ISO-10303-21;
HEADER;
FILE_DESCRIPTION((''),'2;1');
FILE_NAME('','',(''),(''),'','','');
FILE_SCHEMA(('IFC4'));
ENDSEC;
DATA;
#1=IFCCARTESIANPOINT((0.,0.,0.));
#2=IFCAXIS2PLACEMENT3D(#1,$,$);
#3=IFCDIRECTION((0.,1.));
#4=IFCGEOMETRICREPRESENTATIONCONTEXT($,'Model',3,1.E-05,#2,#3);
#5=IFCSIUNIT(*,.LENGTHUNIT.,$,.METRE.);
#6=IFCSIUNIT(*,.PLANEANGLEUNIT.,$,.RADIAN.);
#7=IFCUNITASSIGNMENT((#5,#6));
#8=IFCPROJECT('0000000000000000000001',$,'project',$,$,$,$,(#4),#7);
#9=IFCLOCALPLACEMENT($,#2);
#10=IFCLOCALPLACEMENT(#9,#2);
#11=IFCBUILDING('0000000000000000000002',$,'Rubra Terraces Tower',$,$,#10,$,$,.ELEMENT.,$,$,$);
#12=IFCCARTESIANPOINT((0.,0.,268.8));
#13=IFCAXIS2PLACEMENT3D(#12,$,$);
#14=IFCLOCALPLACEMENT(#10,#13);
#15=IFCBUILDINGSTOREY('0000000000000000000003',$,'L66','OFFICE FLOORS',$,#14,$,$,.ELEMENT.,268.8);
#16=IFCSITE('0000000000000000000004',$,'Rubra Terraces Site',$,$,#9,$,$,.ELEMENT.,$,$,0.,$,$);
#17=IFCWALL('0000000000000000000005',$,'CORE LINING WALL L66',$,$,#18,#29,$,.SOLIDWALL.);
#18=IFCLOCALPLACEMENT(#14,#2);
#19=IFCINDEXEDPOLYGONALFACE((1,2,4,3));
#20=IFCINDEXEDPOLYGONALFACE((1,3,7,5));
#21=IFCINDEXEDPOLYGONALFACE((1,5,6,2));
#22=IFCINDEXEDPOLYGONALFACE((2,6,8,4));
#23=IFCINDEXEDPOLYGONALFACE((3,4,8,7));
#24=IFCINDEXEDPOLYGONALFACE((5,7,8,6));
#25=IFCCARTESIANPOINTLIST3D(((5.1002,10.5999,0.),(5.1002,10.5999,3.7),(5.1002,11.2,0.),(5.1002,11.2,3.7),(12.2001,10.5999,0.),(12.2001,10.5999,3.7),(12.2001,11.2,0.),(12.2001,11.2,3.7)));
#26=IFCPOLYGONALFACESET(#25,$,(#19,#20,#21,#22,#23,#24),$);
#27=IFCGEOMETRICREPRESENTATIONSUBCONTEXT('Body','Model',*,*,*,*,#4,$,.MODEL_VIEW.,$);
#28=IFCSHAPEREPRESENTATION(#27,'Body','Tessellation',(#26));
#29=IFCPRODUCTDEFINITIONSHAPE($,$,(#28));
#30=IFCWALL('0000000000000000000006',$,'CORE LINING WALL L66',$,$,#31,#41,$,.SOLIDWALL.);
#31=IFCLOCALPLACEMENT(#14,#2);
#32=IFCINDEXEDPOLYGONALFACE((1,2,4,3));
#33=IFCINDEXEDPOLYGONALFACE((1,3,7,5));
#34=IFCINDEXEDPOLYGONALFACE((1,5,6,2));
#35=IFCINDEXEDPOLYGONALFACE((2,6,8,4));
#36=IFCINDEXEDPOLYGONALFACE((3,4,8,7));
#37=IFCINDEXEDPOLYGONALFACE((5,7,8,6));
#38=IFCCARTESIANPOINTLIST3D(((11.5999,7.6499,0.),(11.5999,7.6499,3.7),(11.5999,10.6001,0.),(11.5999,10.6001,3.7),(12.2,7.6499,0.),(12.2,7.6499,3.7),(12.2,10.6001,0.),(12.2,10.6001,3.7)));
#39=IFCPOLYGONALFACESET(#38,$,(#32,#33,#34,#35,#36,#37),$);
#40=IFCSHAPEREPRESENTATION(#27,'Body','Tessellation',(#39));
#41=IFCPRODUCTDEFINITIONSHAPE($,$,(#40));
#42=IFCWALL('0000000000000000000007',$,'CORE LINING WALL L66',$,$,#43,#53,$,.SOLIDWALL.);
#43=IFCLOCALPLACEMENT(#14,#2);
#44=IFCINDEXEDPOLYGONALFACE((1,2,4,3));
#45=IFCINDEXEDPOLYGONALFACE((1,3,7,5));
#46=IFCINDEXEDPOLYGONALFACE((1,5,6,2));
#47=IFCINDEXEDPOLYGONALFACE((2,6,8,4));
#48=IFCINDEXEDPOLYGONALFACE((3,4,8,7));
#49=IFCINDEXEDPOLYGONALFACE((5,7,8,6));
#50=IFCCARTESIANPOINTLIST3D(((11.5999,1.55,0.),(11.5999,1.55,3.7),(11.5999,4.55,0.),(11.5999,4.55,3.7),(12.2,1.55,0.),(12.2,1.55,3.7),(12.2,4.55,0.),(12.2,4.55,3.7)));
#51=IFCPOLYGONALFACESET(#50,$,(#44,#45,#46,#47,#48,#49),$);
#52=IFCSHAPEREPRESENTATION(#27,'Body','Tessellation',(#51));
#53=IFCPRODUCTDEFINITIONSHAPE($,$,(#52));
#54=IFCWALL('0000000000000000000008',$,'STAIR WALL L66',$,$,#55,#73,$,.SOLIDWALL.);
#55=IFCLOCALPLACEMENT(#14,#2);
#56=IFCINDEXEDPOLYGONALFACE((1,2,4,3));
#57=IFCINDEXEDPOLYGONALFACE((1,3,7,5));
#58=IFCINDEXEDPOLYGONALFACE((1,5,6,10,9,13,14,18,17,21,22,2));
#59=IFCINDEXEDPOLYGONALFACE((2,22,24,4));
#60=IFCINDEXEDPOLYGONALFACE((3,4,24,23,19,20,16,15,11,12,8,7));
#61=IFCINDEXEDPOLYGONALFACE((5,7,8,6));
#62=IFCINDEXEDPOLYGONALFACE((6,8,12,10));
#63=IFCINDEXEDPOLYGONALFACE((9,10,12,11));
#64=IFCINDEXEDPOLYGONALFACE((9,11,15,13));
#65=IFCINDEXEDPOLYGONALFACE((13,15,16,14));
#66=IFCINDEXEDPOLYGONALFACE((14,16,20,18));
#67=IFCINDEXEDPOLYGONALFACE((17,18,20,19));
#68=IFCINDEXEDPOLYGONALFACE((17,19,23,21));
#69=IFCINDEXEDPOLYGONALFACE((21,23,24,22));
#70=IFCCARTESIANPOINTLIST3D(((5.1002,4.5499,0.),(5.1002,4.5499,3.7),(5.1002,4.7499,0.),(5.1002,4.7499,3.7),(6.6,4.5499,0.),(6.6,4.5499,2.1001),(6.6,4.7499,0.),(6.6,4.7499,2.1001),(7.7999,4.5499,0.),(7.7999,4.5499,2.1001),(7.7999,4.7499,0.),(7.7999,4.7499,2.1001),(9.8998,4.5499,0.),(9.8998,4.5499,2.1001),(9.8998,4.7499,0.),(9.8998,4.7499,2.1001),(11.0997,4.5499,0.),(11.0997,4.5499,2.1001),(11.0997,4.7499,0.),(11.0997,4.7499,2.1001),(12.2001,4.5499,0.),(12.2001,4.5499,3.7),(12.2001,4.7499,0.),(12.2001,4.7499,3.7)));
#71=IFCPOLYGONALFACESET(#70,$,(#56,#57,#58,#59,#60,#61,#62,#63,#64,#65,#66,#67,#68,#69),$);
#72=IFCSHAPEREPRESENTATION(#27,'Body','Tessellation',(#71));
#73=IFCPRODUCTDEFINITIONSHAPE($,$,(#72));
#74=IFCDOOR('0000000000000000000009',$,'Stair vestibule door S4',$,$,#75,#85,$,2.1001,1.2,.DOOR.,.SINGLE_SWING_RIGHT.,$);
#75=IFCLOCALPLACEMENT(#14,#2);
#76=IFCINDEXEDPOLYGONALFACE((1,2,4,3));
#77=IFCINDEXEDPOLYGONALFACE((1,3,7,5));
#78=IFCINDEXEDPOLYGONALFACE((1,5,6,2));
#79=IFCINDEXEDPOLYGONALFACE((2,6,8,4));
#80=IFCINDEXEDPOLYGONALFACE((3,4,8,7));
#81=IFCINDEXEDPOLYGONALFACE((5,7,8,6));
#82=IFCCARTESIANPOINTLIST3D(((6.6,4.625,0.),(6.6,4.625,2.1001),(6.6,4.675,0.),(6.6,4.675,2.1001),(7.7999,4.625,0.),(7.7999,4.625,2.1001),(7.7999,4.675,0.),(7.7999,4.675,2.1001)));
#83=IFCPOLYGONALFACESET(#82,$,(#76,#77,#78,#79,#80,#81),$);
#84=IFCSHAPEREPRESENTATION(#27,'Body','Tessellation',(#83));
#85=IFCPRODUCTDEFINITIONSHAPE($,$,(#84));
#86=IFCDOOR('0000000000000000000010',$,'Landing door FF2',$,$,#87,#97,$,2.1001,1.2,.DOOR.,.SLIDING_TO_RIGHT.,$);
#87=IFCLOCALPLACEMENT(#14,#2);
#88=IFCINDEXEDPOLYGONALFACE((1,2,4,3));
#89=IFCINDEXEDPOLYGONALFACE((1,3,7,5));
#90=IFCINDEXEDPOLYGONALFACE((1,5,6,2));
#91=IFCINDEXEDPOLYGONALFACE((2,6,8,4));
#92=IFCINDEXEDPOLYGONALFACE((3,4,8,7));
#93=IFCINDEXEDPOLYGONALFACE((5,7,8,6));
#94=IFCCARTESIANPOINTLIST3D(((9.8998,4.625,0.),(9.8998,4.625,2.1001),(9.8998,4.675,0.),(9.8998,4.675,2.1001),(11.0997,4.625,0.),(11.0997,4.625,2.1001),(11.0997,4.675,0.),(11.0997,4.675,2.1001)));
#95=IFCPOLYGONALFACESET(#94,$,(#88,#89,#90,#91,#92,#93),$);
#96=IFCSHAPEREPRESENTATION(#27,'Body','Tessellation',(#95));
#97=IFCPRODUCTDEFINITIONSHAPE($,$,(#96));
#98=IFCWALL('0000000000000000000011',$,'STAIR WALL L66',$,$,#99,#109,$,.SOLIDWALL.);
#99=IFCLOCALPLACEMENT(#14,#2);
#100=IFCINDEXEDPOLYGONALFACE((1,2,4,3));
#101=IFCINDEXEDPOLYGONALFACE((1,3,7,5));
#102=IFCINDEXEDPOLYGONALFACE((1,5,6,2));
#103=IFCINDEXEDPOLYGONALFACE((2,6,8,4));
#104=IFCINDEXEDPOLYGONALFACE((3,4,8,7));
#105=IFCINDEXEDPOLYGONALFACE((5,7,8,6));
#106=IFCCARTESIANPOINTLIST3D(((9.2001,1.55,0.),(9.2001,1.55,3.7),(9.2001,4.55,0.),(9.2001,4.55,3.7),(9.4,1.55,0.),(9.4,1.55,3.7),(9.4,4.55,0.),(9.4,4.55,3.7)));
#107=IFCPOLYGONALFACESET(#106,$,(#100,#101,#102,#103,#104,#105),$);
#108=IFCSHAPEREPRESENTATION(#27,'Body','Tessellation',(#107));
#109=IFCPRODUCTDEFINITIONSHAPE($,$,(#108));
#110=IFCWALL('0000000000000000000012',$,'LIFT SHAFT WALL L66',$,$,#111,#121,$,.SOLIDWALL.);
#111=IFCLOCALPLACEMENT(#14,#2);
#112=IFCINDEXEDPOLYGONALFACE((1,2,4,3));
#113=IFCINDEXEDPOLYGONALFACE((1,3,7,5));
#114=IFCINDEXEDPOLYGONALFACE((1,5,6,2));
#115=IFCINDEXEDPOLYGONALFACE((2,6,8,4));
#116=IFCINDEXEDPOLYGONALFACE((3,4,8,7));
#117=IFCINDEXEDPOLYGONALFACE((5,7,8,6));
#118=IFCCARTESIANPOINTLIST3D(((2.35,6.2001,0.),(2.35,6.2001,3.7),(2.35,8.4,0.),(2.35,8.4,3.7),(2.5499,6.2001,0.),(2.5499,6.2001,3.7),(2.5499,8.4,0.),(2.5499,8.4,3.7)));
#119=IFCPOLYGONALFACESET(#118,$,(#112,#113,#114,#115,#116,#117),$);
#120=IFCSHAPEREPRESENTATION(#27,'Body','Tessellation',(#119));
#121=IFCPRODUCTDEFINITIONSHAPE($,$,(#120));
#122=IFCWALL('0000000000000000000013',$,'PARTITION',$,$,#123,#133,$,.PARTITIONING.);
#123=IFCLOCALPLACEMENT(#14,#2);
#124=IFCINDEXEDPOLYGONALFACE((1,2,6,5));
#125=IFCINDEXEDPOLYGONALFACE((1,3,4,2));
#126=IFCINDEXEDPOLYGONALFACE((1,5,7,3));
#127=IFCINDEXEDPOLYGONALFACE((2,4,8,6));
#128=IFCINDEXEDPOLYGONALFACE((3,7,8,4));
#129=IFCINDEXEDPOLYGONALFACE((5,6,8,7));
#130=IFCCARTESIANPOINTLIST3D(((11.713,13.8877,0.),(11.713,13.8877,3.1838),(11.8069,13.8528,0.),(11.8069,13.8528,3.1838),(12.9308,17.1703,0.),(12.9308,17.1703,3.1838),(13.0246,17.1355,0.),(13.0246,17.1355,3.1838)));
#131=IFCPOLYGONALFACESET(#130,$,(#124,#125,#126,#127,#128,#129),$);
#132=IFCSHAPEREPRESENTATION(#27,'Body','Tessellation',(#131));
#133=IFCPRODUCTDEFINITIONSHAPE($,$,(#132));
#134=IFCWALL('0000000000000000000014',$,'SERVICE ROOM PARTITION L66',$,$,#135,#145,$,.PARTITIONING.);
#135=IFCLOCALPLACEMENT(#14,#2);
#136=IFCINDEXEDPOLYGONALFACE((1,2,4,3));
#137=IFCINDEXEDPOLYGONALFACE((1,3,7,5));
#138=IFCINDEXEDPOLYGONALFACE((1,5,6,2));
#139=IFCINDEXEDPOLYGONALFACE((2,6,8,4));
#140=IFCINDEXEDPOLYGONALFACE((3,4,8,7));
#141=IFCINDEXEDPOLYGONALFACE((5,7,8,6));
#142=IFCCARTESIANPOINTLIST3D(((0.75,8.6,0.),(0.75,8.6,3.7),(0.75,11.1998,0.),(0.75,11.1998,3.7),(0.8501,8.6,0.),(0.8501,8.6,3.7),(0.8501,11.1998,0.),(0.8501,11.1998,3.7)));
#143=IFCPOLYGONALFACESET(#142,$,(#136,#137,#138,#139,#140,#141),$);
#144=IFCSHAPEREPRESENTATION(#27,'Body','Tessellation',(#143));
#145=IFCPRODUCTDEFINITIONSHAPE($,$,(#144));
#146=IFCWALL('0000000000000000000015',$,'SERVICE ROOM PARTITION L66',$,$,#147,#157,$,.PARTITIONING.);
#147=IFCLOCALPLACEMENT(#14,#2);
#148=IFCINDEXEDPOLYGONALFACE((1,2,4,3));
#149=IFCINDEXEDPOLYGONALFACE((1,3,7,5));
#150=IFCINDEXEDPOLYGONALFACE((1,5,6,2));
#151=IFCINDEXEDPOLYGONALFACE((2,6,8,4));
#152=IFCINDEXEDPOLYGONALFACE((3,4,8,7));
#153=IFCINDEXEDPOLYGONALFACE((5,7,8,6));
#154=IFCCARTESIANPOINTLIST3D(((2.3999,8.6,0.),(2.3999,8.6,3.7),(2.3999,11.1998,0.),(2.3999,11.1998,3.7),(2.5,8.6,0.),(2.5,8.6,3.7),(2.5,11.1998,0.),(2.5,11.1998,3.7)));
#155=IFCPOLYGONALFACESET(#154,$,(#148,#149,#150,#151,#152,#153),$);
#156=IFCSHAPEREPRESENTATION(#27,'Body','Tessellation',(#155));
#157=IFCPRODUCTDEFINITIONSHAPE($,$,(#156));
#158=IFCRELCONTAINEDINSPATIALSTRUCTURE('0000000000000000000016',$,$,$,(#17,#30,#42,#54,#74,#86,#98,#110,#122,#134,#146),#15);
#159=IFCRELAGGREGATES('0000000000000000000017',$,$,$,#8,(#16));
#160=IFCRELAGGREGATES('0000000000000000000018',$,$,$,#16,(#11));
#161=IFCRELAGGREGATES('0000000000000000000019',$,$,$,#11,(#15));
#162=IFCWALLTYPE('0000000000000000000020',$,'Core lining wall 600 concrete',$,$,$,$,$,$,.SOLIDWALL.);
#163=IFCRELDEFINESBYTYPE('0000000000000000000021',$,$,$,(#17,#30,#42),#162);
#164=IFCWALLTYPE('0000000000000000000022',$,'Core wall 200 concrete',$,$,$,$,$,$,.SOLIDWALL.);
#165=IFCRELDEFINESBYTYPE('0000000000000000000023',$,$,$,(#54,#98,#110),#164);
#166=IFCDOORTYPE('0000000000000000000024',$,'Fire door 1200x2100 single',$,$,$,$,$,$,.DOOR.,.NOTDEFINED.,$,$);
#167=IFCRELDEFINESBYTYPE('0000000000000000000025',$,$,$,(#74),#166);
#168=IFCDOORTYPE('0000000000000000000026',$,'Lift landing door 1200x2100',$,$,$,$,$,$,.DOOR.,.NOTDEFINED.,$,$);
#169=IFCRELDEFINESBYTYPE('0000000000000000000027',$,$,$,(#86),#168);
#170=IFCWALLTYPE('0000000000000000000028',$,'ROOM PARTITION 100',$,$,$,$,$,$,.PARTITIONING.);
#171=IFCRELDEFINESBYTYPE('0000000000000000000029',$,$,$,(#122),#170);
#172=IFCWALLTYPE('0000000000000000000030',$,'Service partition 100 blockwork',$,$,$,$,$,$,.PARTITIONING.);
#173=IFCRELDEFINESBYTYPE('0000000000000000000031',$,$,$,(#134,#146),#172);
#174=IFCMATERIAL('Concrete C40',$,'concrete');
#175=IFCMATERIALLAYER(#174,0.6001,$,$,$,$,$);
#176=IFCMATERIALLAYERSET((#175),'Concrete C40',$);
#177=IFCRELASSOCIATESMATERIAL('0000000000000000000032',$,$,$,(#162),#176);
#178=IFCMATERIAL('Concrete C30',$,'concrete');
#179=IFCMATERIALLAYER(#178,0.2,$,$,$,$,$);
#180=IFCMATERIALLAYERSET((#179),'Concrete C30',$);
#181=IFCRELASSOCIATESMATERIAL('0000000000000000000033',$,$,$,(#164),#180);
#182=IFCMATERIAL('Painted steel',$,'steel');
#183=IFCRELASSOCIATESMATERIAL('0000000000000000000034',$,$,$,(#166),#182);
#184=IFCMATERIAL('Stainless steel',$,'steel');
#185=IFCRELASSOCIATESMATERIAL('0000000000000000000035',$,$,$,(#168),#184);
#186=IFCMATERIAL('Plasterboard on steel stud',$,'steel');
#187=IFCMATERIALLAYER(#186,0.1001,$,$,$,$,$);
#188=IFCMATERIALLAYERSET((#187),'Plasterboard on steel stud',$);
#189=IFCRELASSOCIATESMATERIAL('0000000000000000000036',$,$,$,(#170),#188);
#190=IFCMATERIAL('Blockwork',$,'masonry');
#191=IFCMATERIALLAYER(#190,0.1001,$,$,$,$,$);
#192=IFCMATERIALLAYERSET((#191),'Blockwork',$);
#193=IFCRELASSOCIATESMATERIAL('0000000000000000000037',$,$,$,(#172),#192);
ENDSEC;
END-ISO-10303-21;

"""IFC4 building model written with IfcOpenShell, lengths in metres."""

from ifc_helpers import new_model, si_unit, direction, frame, frame_2d, origin, place, context, subcontext, project, spatial, rectangle, extrude, material, layer, layer_set, type_object, element, fill, save


model = new_model("IFC4")

# Units and contexts
model_context = context("Model", 3, precision=1e-05, world=origin(), true_north=direction((0.0, 1.0)))
body_context = subcontext(model_context, "Body", "Model", "MODEL_VIEW")
ifc_project = project(units=[si_unit("LENGTHUNIT", "METRE"), si_unit("PLANEANGLEUNIT", "RADIAN")], contexts=[model_context])

# Site, building, storey
site_placement = place(None, origin())
site = spatial("IfcSite", under=ifc_project, at=site_placement, Name="Rubra Terraces Site", CompositionType="ELEMENT", RefElevation=0.0)
building_placement = place(site_placement, origin())
building = spatial("IfcBuilding", under=site, at=building_placement, Name="Rubra Terraces Tower", CompositionType="ELEMENT")
storey_placement = place(building_placement, frame((0.0, 0.0, 268.8)))
storey = spatial("IfcBuildingStorey", under=building, at=storey_placement, Name="L66", Description="OFFICE FLOORS", CompositionType="ELEMENT", Elevation=268.8)

# Walls
ifc_material_1 = material(Name="Concrete C40", Category="concrete")
ifc_layer_1 = layer(ifc_material_1, 0.6001)
ifc_layer_set_1 = layer_set([ifc_layer_1], Name="Concrete C40")
wall_type_1 = type_object("IfcWallType", Name="Core lining wall 600 concrete", PredefinedType="SOLIDWALL", material=ifc_layer_set_1)
wall_1_placement = place(storey_placement, frame((12.2, 10.8999, 0.0), z_axis=(0.0, 0.0, 1.0), x_axis=(-1.0, 0.0, 0.0)))
element("IfcWall", 1, at=wall_1_placement, inside=storey, type_object=wall_type_1, Name="CORE LINING WALL L66", PredefinedType="SOLIDWALL", context=body_context, shape_type="SweptSolid", body=[
    extrude(rectangle(XDim=7.0999, YDim=0.6001, at=frame_2d((3.5498, 0.0))), origin(), (0.0, 0.0, 1.0), 3.7),
])
wall_2_placement = place(storey_placement, frame((11.8999, 10.6001, 0.0), z_axis=(0.0, 0.0, 1.0), x_axis=(0.0, -1.0, 0.0)))
element("IfcWall", 2, at=wall_2_placement, inside=storey, type_object=wall_type_1, Name="CORE LINING WALL L66", PredefinedType="SOLIDWALL", context=body_context, shape_type="SweptSolid", body=[
    extrude(rectangle(XDim=2.9502, YDim=0.6001, at=frame_2d((1.4751, 0.0))), origin(), (0.0, 0.0, 1.0), 3.7),
])
wall_3_placement = place(storey_placement, frame((11.8999, 4.55, 0.0), z_axis=(0.0, 0.0, 1.0), x_axis=(0.0, -1.0, 0.0)))
element("IfcWall", 3, at=wall_3_placement, inside=storey, type_object=wall_type_1, Name="CORE LINING WALL L66", PredefinedType="SOLIDWALL", context=body_context, shape_type="SweptSolid", body=[
    extrude(rectangle(XDim=3.0, YDim=0.6001, at=frame_2d((1.5, 0.0))), origin(), (0.0, 0.0, 1.0), 3.7),
])

# Wall, openings, doors
ifc_material_2 = material(Name="Concrete C30", Category="concrete")
ifc_layer_2 = layer(ifc_material_2, 0.2)
ifc_layer_set_2 = layer_set([ifc_layer_2], Name="Concrete C30")
wall_type_2 = type_object("IfcWallType", Name="Core wall 200 concrete", PredefinedType="SOLIDWALL", material=ifc_layer_set_2)
wall_4_placement = place(storey_placement, frame((12.2, 4.6499, 0.0), z_axis=(0.0, 0.0, 1.0), x_axis=(-1.0, 0.0, 0.0)))
wall_4 = element("IfcWall", 4, at=wall_4_placement, inside=storey, type_object=wall_type_2, Name="STAIR WALL L66", PredefinedType="SOLIDWALL", context=body_context, shape_type="SweptSolid", body=[
    extrude(rectangle(XDim=7.0999, YDim=0.2, at=frame_2d((3.5498, 0.0))), origin(), (0.0, 0.0, 1.0), 3.7),
])
opening_1_placement = place(wall_4_placement, frame((4.3999, 0.0, 0.0)))
opening_1 = element("IfcOpeningElement", 5, at=opening_1_placement, cuts=wall_4, PredefinedType="OPENING", context=body_context, shape_type="SweptSolid", body=[
    extrude(rectangle(XDim=1.2, YDim=2.1001, at=frame_2d((0.6001, 1.05))), frame((0.0, 0.1099, 0.0), z_axis=(0.0, -1.0, 0.0), x_axis=(1.0, 0.0, 0.0)), (0.0, 0.0, 1.0), 0.22),
])
opening_2_placement = place(wall_4_placement, frame((1.1001, 0.0, 0.0)))
opening_2 = element("IfcOpeningElement", 6, at=opening_2_placement, cuts=wall_4, PredefinedType="OPENING", context=body_context, shape_type="SweptSolid", body=[
    extrude(rectangle(XDim=1.2, YDim=2.1001, at=frame_2d((0.6001, 1.05))), frame((0.0, 0.1099, 0.0), z_axis=(0.0, -1.0, 0.0), x_axis=(1.0, 0.0, 0.0)), (0.0, 0.0, 1.0), 0.22),
])
ifc_material_3 = material(Name="Painted steel", Category="steel")
door_type_1 = type_object("IfcDoorType", Name="Fire door 1200x2100 single", OperationType="NOTDEFINED", PredefinedType="DOOR", material=ifc_material_3)
door_1_placement = place(opening_1_placement, origin())
door_1 = element("IfcDoor", 7, at=door_1_placement, inside=storey, type_object=door_type_1, Name="Stair vestibule door S4", OperationType="SINGLE_SWING_RIGHT", OverallHeight=2.1001, OverallWidth=1.2, PredefinedType="DOOR", context=body_context, shape_type="SweptSolid", body=[
    extrude(rectangle(XDim=1.2, YDim=2.1001, at=frame_2d((0.6001, 1.05))), frame((0.0, 0.0249, 0.0), z_axis=(0.0, -1.0, 0.0), x_axis=(1.0, 0.0, 0.0)), (0.0, 0.0, 1.0), 0.05),
])
fill(opening_1, door_1)
ifc_material_4 = material(Name="Stainless steel", Category="steel")
door_type_2 = type_object("IfcDoorType", Name="Lift landing door 1200x2100", OperationType="NOTDEFINED", PredefinedType="DOOR", material=ifc_material_4)
door_2_placement = place(opening_2_placement, origin())
door_2 = element("IfcDoor", 8, at=door_2_placement, inside=storey, type_object=door_type_2, Name="Landing door FF2", OperationType="SLIDING_TO_RIGHT", OverallHeight=2.1001, OverallWidth=1.2, PredefinedType="DOOR", context=body_context, shape_type="SweptSolid", body=[
    extrude(rectangle(XDim=1.2, YDim=2.1001, at=frame_2d((0.6001, 1.05))), frame((0.0, 0.0249, 0.0), z_axis=(0.0, -1.0, 0.0), x_axis=(1.0, 0.0, 0.0)), (0.0, 0.0, 1.0), 0.05),
])
fill(opening_2, door_2)

# Walls
wall_5_placement = place(storey_placement, frame((9.3, 4.55, 0.0), z_axis=(0.0, 0.0, 1.0), x_axis=(0.0, -1.0, 0.0)))
element("IfcWall", 9, at=wall_5_placement, inside=storey, type_object=wall_type_2, Name="STAIR WALL L66", PredefinedType="SOLIDWALL", context=body_context, shape_type="SweptSolid", body=[
    extrude(rectangle(XDim=3.0, YDim=0.2, at=frame_2d((1.5, 0.0))), origin(), (0.0, 0.0, 1.0), 3.7),
])
wall_6_placement = place(storey_placement, frame((2.45, 6.2, 0.0), z_axis=(0.0, 0.0, 1.0), x_axis=(0.0, 1.0, 0.0)))
element("IfcWall", 10, at=wall_6_placement, inside=storey, type_object=wall_type_2, Name="LIFT SHAFT WALL L66", PredefinedType="SOLIDWALL", context=body_context, shape_type="SweptSolid", body=[
    extrude(rectangle(XDim=2.2, YDim=0.2, at=frame_2d((1.1001, 0.0))), origin(), (0.0, 0.0, 1.0), 3.7),
])
ifc_material_5 = material(Name="Plasterboard on steel stud", Category="steel")
ifc_layer_3 = layer(ifc_material_5, 0.1001)
ifc_layer_set_3 = layer_set([ifc_layer_3], Name="Plasterboard on steel stud")
wall_type_3 = type_object("IfcWallType", Name="ROOM PARTITION 100", PredefinedType="PARTITIONING", material=ifc_layer_set_3)
wall_7_placement = place(storey_placement, frame((11.76, 13.8704, 0.0), z_axis=(0.0, 0.0, 1.0), x_axis=(0.347805, 0.937567, 0.0)))
element("IfcWall", 11, at=wall_7_placement, inside=storey, type_object=wall_type_3, Name="PARTITION", PredefinedType="PARTITIONING", context=body_context, shape_type="SweptSolid", body=[
    extrude(rectangle(XDim=3.5012, YDim=0.1001, at=frame_2d((1.7505, 0.0))), origin(), (0.0, 0.0, 1.0), 3.1838),
])
ifc_material_6 = material(Name="Blockwork", Category="masonry")
ifc_layer_4 = layer(ifc_material_6, 0.1001)
ifc_layer_set_4 = layer_set([ifc_layer_4], Name="Blockwork")
wall_type_4 = type_object("IfcWallType", Name="Service partition 100 blockwork", PredefinedType="PARTITIONING", material=ifc_layer_set_4)
for number, where, z_axis, x_axis, name in (
    (12, (0.8, 8.6001, 0.0), (0.0, 0.0, 1.0), (0.0, 1.0, 0.0), "SERVICE ROOM PARTITION L66"),
    (13, (2.45, 8.6001, 0.0), (0.0, 0.0, 1.0), (0.0, 1.0, 0.0), "SERVICE ROOM PARTITION L66"),
):
    element("IfcWall", number, at=place(storey_placement, frame(where, z_axis=z_axis, x_axis=x_axis)), inside=storey, type_object=wall_type_4, Name=name, PredefinedType="PARTITIONING", context=body_context, shape_type="SweptSolid", body=[
        extrude(rectangle(XDim=2.5999, YDim=0.1001, at=frame_2d((1.2998, 0.0))), origin(), (0.0, 0.0, 1.0), 3.7),
    ])

save(model, "model.ifc")
